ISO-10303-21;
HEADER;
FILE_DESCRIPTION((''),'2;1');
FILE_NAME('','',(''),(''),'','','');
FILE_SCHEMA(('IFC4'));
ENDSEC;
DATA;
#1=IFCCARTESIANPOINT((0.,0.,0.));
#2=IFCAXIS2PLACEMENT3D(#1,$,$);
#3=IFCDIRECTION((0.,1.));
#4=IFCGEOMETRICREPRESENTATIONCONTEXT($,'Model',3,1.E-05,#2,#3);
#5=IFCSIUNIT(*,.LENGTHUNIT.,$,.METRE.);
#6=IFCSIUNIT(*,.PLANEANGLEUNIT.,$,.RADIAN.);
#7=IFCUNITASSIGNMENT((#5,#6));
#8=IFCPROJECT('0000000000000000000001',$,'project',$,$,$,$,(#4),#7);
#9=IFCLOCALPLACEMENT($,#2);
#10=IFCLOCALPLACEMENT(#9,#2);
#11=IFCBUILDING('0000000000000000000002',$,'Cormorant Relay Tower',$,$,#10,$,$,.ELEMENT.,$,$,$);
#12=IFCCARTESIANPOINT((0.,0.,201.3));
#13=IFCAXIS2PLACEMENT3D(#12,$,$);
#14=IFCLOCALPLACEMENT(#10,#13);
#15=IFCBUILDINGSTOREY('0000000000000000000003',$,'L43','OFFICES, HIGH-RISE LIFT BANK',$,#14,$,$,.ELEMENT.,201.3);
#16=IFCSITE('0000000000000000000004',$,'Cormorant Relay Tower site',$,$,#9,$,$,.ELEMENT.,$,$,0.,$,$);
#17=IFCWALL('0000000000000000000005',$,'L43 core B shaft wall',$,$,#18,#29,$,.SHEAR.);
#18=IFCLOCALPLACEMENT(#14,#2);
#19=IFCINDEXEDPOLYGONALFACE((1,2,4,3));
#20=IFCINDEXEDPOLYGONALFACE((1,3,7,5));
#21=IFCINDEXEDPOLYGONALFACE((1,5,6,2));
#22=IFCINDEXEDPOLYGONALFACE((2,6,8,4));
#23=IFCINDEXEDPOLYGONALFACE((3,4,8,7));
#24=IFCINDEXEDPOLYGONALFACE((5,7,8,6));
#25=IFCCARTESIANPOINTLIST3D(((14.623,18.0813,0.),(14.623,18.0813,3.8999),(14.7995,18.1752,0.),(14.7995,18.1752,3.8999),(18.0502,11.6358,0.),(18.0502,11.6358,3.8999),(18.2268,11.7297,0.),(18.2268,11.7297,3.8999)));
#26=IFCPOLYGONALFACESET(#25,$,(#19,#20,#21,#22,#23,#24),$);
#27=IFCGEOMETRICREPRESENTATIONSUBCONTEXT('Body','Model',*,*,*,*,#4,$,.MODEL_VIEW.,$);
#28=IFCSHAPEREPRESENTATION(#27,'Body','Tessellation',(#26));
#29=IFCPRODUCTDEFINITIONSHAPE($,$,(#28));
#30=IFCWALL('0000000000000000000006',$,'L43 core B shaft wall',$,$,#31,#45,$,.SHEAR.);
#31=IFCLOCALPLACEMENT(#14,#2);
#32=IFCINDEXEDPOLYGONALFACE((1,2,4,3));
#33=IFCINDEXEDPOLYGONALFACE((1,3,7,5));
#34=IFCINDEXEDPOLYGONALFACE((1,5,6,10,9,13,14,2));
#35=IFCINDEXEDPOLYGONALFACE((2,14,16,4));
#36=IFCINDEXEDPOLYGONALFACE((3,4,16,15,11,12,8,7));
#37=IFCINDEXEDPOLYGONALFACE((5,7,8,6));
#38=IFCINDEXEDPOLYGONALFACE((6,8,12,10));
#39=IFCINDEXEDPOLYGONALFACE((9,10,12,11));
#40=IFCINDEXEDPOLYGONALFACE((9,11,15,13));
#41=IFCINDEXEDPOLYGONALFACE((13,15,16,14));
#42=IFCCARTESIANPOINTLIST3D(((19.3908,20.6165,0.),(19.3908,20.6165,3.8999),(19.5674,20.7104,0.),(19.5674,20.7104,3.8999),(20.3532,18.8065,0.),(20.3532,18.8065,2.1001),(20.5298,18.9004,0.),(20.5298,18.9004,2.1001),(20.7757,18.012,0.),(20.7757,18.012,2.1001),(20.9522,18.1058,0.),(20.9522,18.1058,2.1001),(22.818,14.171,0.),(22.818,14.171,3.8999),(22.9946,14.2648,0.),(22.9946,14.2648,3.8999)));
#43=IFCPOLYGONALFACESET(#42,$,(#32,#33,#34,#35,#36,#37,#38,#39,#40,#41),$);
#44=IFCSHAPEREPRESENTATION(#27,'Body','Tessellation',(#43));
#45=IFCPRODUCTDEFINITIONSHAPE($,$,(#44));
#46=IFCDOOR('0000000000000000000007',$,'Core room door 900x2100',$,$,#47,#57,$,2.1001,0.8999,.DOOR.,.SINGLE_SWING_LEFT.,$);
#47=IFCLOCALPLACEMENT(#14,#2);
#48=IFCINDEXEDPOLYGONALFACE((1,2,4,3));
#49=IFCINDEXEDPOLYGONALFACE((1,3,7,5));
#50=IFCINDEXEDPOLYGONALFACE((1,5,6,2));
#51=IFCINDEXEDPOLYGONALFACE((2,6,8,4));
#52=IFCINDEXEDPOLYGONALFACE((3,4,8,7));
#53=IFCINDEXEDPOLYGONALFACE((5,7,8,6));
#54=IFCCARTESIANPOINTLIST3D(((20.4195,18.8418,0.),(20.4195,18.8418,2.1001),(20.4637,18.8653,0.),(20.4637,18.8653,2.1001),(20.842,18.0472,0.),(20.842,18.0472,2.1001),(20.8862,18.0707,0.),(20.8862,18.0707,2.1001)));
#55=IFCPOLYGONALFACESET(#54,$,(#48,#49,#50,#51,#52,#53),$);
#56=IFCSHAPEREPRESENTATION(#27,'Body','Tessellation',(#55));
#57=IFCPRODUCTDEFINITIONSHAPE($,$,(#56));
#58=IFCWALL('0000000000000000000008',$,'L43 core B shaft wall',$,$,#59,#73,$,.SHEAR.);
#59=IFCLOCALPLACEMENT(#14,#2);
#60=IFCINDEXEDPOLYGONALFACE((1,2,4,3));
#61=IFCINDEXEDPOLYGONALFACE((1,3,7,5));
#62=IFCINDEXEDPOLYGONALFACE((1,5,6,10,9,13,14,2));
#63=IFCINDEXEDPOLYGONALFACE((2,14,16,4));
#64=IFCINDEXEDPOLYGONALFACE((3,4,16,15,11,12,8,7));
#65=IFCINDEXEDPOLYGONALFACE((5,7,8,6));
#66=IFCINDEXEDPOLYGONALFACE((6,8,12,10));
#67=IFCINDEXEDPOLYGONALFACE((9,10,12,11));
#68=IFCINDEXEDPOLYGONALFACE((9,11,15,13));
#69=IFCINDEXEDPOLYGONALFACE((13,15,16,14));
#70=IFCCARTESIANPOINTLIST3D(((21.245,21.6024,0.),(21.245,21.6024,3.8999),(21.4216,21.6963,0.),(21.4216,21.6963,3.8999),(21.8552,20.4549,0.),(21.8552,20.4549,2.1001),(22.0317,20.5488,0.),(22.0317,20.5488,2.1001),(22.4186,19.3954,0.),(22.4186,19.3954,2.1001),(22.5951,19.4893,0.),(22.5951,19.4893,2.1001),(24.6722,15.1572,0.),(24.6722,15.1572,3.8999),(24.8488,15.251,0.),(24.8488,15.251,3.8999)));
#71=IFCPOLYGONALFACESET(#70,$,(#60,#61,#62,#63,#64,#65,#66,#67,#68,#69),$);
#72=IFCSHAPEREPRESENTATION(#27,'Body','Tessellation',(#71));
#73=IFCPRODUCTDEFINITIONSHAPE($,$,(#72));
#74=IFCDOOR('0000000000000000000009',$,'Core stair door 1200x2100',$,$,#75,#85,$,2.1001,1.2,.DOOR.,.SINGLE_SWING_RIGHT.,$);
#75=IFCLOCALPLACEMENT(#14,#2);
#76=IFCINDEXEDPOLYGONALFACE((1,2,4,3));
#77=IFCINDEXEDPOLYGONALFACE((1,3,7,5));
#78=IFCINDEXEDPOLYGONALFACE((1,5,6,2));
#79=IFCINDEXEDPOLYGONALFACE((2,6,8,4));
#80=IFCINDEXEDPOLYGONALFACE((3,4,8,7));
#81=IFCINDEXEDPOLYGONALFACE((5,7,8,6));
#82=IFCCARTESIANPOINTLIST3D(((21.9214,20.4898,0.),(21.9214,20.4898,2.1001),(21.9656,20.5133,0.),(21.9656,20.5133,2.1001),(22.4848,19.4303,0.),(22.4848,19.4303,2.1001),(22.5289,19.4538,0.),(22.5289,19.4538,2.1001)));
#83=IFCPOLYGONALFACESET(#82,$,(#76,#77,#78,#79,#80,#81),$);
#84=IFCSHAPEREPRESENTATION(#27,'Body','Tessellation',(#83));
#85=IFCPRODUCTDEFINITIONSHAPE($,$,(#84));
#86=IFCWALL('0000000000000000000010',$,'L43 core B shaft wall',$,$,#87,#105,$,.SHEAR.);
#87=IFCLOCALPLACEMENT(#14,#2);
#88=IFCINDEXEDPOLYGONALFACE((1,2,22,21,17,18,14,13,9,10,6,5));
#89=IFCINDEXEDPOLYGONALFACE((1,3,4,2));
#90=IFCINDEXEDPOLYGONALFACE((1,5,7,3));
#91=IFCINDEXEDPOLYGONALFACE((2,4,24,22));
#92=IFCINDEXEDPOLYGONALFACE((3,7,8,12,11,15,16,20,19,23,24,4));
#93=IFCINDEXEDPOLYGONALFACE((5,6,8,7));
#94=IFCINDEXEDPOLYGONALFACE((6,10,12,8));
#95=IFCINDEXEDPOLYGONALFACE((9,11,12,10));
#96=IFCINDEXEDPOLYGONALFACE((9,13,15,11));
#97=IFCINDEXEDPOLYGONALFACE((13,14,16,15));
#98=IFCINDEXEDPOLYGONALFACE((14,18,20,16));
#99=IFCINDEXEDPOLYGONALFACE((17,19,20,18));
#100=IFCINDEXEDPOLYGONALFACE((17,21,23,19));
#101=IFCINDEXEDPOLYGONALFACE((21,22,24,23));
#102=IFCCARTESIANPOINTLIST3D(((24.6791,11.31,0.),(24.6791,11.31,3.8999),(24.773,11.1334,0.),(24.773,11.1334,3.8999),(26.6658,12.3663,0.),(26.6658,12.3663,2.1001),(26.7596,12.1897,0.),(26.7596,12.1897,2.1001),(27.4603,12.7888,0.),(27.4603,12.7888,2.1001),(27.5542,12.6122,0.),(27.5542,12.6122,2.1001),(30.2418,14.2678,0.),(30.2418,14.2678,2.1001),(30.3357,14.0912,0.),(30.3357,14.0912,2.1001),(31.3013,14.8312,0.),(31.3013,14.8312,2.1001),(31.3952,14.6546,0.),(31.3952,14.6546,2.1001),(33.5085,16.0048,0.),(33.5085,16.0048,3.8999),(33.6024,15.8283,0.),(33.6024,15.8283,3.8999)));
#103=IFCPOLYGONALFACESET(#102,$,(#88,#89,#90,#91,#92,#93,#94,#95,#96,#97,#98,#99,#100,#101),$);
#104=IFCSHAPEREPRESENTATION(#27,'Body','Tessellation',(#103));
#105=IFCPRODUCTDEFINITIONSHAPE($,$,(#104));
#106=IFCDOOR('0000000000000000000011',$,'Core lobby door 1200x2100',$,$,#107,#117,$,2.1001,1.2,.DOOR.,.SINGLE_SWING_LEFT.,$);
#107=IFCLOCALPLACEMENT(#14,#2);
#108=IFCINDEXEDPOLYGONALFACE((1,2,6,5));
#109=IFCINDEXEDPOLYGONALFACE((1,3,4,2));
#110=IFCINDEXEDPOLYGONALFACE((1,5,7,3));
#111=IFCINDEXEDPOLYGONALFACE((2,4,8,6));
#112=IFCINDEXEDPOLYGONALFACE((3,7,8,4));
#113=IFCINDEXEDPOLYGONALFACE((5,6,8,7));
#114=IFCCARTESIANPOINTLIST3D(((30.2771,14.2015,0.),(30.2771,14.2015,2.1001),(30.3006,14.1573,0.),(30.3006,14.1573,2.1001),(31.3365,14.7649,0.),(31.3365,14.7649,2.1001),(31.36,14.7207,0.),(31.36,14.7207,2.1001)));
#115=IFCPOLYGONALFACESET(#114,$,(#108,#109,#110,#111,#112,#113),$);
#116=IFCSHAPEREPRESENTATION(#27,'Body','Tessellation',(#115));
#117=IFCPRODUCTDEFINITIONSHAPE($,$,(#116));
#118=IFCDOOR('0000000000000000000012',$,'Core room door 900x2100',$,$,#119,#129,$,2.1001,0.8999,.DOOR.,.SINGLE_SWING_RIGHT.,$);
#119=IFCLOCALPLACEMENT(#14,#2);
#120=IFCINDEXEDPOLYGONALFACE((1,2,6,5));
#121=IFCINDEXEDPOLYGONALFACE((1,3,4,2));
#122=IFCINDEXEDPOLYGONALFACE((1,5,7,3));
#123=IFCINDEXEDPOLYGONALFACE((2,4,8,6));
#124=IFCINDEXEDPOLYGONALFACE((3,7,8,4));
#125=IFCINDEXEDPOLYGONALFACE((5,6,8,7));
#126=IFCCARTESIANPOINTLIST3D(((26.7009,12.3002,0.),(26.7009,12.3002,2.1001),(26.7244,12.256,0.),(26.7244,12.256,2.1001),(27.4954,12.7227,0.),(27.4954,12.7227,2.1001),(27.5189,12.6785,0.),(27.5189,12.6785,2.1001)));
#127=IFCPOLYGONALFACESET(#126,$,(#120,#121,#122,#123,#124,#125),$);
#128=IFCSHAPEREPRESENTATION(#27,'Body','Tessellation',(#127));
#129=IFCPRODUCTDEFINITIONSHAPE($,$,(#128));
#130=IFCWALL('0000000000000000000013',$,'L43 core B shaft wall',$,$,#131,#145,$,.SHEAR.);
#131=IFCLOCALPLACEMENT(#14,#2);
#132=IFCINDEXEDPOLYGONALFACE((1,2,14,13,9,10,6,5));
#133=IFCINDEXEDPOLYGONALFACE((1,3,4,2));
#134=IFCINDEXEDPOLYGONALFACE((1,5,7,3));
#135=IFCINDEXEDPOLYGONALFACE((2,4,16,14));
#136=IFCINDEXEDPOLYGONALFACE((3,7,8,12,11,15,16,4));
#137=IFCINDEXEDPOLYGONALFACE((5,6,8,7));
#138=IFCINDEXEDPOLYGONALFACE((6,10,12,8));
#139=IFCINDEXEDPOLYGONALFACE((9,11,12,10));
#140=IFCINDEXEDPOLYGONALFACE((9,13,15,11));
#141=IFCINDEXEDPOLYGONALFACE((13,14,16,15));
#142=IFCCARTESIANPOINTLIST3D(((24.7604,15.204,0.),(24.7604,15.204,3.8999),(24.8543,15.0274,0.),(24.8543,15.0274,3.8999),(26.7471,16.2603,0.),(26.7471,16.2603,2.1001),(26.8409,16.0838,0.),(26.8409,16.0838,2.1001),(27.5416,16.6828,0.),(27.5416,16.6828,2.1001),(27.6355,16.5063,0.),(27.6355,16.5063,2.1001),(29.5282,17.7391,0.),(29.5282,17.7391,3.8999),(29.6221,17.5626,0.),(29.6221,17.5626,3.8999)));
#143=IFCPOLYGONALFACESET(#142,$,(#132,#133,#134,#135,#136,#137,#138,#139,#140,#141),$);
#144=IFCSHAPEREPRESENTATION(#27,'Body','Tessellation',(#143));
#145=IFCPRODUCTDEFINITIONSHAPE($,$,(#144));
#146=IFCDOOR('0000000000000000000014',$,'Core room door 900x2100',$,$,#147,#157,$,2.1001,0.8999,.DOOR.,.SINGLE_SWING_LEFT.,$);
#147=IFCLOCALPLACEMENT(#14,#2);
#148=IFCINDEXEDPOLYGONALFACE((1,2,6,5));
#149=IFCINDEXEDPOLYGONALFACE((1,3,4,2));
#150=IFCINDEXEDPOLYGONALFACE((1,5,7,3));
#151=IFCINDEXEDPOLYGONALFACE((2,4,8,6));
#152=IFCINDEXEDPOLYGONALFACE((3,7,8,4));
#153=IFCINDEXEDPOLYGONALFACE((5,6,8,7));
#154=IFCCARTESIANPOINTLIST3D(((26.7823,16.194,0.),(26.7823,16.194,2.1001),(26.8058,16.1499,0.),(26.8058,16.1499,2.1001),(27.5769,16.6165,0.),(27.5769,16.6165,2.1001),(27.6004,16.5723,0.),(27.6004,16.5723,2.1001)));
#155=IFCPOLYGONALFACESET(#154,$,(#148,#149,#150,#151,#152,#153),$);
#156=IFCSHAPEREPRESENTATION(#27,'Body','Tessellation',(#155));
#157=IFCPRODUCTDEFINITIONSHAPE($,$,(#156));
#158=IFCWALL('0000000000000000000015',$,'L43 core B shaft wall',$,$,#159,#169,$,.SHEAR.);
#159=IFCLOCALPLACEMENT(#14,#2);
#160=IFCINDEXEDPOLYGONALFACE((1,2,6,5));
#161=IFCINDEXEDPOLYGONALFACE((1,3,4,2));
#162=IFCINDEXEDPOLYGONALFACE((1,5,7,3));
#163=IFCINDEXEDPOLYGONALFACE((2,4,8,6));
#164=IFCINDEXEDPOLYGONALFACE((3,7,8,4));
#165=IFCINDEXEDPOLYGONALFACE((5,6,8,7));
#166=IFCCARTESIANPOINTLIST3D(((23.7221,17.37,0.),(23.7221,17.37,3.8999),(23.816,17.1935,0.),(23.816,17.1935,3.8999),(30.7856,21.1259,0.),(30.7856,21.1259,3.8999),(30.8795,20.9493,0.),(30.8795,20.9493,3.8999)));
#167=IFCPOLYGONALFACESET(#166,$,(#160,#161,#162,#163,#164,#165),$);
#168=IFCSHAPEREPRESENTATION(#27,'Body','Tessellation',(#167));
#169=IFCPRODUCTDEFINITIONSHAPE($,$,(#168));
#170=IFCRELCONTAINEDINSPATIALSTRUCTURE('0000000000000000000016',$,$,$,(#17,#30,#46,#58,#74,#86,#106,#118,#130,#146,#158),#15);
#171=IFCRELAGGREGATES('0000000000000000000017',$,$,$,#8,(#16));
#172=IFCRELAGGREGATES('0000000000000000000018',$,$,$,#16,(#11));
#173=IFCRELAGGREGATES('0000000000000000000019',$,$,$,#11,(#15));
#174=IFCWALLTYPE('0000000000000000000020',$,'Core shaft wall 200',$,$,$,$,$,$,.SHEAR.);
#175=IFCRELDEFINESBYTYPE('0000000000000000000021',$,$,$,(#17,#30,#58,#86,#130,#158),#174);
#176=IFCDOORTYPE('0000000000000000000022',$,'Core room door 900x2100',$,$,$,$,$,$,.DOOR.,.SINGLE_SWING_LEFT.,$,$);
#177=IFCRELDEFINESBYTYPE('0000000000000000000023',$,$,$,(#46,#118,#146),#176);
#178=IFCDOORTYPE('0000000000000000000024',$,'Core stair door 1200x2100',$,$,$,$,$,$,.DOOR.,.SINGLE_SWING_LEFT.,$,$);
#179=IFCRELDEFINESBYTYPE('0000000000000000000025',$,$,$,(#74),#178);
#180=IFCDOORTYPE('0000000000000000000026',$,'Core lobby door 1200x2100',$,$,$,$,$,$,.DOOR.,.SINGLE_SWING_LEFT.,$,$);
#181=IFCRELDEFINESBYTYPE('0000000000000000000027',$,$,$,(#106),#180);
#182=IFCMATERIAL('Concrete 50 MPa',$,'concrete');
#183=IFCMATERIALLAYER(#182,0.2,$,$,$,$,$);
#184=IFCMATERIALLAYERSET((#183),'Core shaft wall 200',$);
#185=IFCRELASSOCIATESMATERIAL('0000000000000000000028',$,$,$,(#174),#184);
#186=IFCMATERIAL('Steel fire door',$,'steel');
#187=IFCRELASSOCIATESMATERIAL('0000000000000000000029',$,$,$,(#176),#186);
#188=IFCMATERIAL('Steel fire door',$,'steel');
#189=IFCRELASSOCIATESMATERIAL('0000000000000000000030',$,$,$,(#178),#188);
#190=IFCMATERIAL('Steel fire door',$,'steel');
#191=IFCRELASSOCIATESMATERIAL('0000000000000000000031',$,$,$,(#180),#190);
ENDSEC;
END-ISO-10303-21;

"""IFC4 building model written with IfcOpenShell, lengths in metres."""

from ifc_helpers import new_model, si_unit, direction, frame, frame_2d, origin, place, context, subcontext, project, spatial, rectangle, extrude, material, layer, layer_set, type_object, element, fill, save


model = new_model("IFC4")

# Units and contexts
model_context = context("Model", 3, precision=1e-05, world=origin(), true_north=direction((0.0, 1.0)))
body_context = subcontext(model_context, "Body", "Model", "MODEL_VIEW")
ifc_project = project(units=[si_unit("LENGTHUNIT", "METRE"), si_unit("PLANEANGLEUNIT", "RADIAN")], contexts=[model_context])

# Site, building, storey
site_placement = place(None, origin())
site = spatial("IfcSite", under=ifc_project, at=site_placement, Name="Cormorant Relay Tower site", CompositionType="ELEMENT", RefElevation=0.0)
building_placement = place(site_placement, origin())
building = spatial("IfcBuilding", under=site, at=building_placement, Name="Cormorant Relay Tower", CompositionType="ELEMENT")
storey_placement = place(building_placement, frame((0.0, 0.0, 201.3)))
storey = spatial("IfcBuildingStorey", under=building, at=storey_placement, Name="L43", Description="OFFICES, HIGH-RISE LIFT BANK", CompositionType="ELEMENT", Elevation=201.3)

# Wall
ifc_material_1 = material(Name="Concrete 50 MPa", Category="concrete")
ifc_layer = layer(ifc_material_1, 0.2)
ifc_layer_set = layer_set([ifc_layer], Name="Core shaft wall 200")
wall_type = type_object("IfcWallType", Name="Core shaft wall 200", PredefinedType="SHEAR", material=ifc_layer_set)
wall_1_placement = place(storey_placement, frame((18.1384, 11.6829, 0.0), z_axis=(0.0, 0.0, 1.0), x_axis=(-0.46948, 0.882943, 0.0)))
element("IfcWall", 1, at=wall_1_placement, inside=storey, type_object=wall_type, Name="L43 core B shaft wall", PredefinedType="SHEAR", context=body_context, shape_type="SweptSolid", body=[
    extrude(rectangle(XDim=7.3, YDim=0.2, at=frame_2d((3.6499, 0.0))), origin(), (0.0, 0.0, 1.0), 3.8999),
])

# Walls, openings, doors
wall_2_placement = place(storey_placement, frame((22.9062, 14.218, 0.0), z_axis=(0.0, 0.0, 1.0), x_axis=(-0.46948, 0.882943, 0.0)))
wall_2 = element("IfcWall", 2, at=wall_2_placement, inside=storey, type_object=wall_type, Name="L43 core B shaft wall", PredefinedType="SHEAR", context=body_context, shape_type="SweptSolid", body=[
    extrude(rectangle(XDim=7.3, YDim=0.2, at=frame_2d((3.6499, 0.0))), origin(), (0.0, 0.0, 1.0), 3.8999),
])
opening_1_placement = place(wall_2_placement, frame((4.3501, 0.0, 0.0)))
opening_1 = element("IfcOpeningElement", 3, at=opening_1_placement, cuts=wall_2, PredefinedType="OPENING", context=body_context, shape_type="SweptSolid", body=[
    extrude(rectangle(XDim=0.8999, YDim=2.1001, at=frame_2d((0.45, 1.05))), frame((0.0, 0.1099, 0.0), z_axis=(0.0, -1.0, 0.0), x_axis=(1.0, 0.0, 0.0)), (0.0, 0.0, 1.0), 0.22),
])
ifc_material_2 = material(Name="Steel fire door", Category="steel")
door_type_1 = type_object("IfcDoorType", Name="Core room door 900x2100", OperationType="SINGLE_SWING_LEFT", PredefinedType="DOOR", material=ifc_material_2)
door_1_placement = place(opening_1_placement, origin())
door_1 = element("IfcDoor", 4, at=door_1_placement, inside=storey, type_object=door_type_1, Name="Core room door 900x2100", OperationType="SINGLE_SWING_LEFT", OverallHeight=2.1001, OverallWidth=0.8999, PredefinedType="DOOR", context=body_context, shape_type="SweptSolid", body=[
    extrude(rectangle(XDim=0.8999, YDim=2.1001, at=frame_2d((0.45, 1.05))), frame((0.0, 0.0249, 0.0), z_axis=(0.0, -1.0, 0.0), x_axis=(1.0, 0.0, 0.0)), (0.0, 0.0, 1.0), 0.05),
])
fill(opening_1, door_1)
wall_3_placement = place(storey_placement, frame((24.7605, 15.2041, 0.0), z_axis=(0.0, 0.0, 1.0), x_axis=(-0.469494, 0.882936, 0.0)))
wall_3 = element("IfcWall", 5, at=wall_3_placement, inside=storey, type_object=wall_type, Name="L43 core B shaft wall", PredefinedType="SHEAR", context=body_context, shape_type="SweptSolid", body=[
    extrude(rectangle(XDim=7.2998, YDim=0.2, at=frame_2d((3.6499, 0.0))), origin(), (0.0, 0.0, 1.0), 3.8999),
])
opening_2_placement = place(wall_3_placement, frame((4.8, 0.0, 0.0)))
opening_2 = element("IfcOpeningElement", 6, at=opening_2_placement, cuts=wall_3, PredefinedType="OPENING", context=body_context, shape_type="SweptSolid", body=[
    extrude(rectangle(XDim=1.2, YDim=2.1001, at=frame_2d((0.6001, 1.05))), frame((0.0, 0.1099, 0.0), z_axis=(0.0, -1.0, 0.0), x_axis=(1.0, 0.0, 0.0)), (0.0, 0.0, 1.0), 0.22),
])
ifc_material_3 = material(Name="Steel fire door", Category="steel")
door_type_2 = type_object("IfcDoorType", Name="Core stair door 1200x2100", OperationType="SINGLE_SWING_LEFT", PredefinedType="DOOR", material=ifc_material_3)
door_2_placement = place(opening_2_placement, frame((1.2, 0.0, 0.0), z_axis=(0.0, 0.0, 1.0), x_axis=(-1.0, 0.0, 0.0)))
door_2 = element("IfcDoor", 7, at=door_2_placement, inside=storey, type_object=door_type_2, Name="Core stair door 1200x2100", OperationType="SINGLE_SWING_RIGHT", OverallHeight=2.1001, OverallWidth=1.2, PredefinedType="DOOR", context=body_context, shape_type="SweptSolid", body=[
    extrude(rectangle(XDim=1.2, YDim=2.1001, at=frame_2d((0.6001, 1.05))), frame((0.0, 0.0249, 0.0), z_axis=(0.0, -1.0, 0.0), x_axis=(1.0, 0.0, 0.0)), (0.0, 0.0, 1.0), 0.05),
])
fill(opening_2, door_2)

# Wall, openings, doors
wall_4_placement = place(storey_placement, frame((24.7261, 11.2217, 0.0), z_axis=(0.0, 0.0, 1.0), x_axis=(0.88294, 0.469485, 0.0)))
wall_4 = element("IfcWall", 8, at=wall_4_placement, inside=storey, type_object=wall_type, Name="L43 core B shaft wall", PredefinedType="SHEAR", context=body_context, shape_type="SweptSolid", body=[
    extrude(rectangle(XDim=10.0, YDim=0.2, at=frame_2d((5.0, 0.0))), origin(), (0.0, 0.0, 1.0), 3.8999),
])
opening_3_placement = place(wall_4_placement, frame((6.3, 0.0, 0.0)))
opening_3 = element("IfcOpeningElement", 9, at=opening_3_placement, cuts=wall_4, PredefinedType="OPENING", context=body_context, shape_type="SweptSolid", body=[
    extrude(rectangle(XDim=1.2, YDim=2.1001, at=frame_2d((0.6001, 1.05))), frame((0.0, 0.1099, 0.0), z_axis=(0.0, -1.0, 0.0), x_axis=(1.0, 0.0, 0.0)), (0.0, 0.0, 1.0), 0.22),
])
opening_4_placement = place(wall_4_placement, frame((2.25, 0.0, 0.0)))
opening_4 = element("IfcOpeningElement", 10, at=opening_4_placement, cuts=wall_4, PredefinedType="OPENING", context=body_context, shape_type="SweptSolid", body=[
    extrude(rectangle(XDim=0.8999, YDim=2.1001, at=frame_2d((0.45, 1.05))), frame((0.0, 0.1099, 0.0), z_axis=(0.0, -1.0, 0.0), x_axis=(1.0, 0.0, 0.0)), (0.0, 0.0, 1.0), 0.22),
])
ifc_material_4 = material(Name="Steel fire door", Category="steel")
door_type_3 = type_object("IfcDoorType", Name="Core lobby door 1200x2100", OperationType="SINGLE_SWING_LEFT", PredefinedType="DOOR", material=ifc_material_4)
door_3_placement = place(opening_3_placement, origin())
door_3 = element("IfcDoor", 11, at=door_3_placement, inside=storey, type_object=door_type_3, Name="Core lobby door 1200x2100", OperationType="SINGLE_SWING_LEFT", OverallHeight=2.1001, OverallWidth=1.2, PredefinedType="DOOR", context=body_context, shape_type="SweptSolid", body=[
    extrude(rectangle(XDim=1.2, YDim=2.1001, at=frame_2d((0.6001, 1.05))), frame((0.0, 0.0249, 0.0), z_axis=(0.0, -1.0, 0.0), x_axis=(1.0, 0.0, 0.0)), (0.0, 0.0, 1.0), 0.05),
])
fill(opening_3, door_3)
door_4_placement = place(opening_4_placement, frame((0.8999, 0.0, 0.0), z_axis=(0.0, 0.0, 1.0), x_axis=(-1.0, 0.0, 0.0)))
door_4 = element("IfcDoor", 12, at=door_4_placement, inside=storey, type_object=door_type_1, Name="Core room door 900x2100", OperationType="SINGLE_SWING_RIGHT", OverallHeight=2.1001, OverallWidth=0.8999, PredefinedType="DOOR", context=body_context, shape_type="SweptSolid", body=[
    extrude(rectangle(XDim=0.8999, YDim=2.1001, at=frame_2d((0.45, 1.05))), frame((0.0, 0.0249, 0.0), z_axis=(0.0, -1.0, 0.0), x_axis=(1.0, 0.0, 0.0)), (0.0, 0.0, 1.0), 0.05),
])
fill(opening_4, door_4)

# Wall, opening, door
wall_5_placement = place(storey_placement, frame((24.8074, 15.1157, 0.0), z_axis=(0.0, 0.0, 1.0), x_axis=(0.882943, 0.46948, 0.0)))
wall_5 = element("IfcWall", 13, at=wall_5_placement, inside=storey, type_object=wall_type, Name="L43 core B shaft wall", PredefinedType="SHEAR", context=body_context, shape_type="SweptSolid", body=[
    extrude(rectangle(XDim=5.3999, YDim=0.2, at=frame_2d((2.7, 0.0))), origin(), (0.0, 0.0, 1.0), 3.8999),
])
opening_5_placement = place(wall_5_placement, frame((2.25, 0.0, 0.0)))
opening_5 = element("IfcOpeningElement", 14, at=opening_5_placement, cuts=wall_5, PredefinedType="OPENING", context=body_context, shape_type="SweptSolid", body=[
    extrude(rectangle(XDim=0.8999, YDim=2.1001, at=frame_2d((0.45, 1.05))), frame((0.0, 0.1099, 0.0), z_axis=(0.0, -1.0, 0.0), x_axis=(1.0, 0.0, 0.0)), (0.0, 0.0, 1.0), 0.22),
])
door_5_placement = place(opening_5_placement, origin())
door_5 = element("IfcDoor", 15, at=door_5_placement, inside=storey, type_object=door_type_1, Name="Core room door 900x2100", OperationType="SINGLE_SWING_LEFT", OverallHeight=2.1001, OverallWidth=0.8999, PredefinedType="DOOR", context=body_context, shape_type="SweptSolid", body=[
    extrude(rectangle(XDim=0.8999, YDim=2.1001, at=frame_2d((0.45, 1.05))), frame((0.0, 0.0249, 0.0), z_axis=(0.0, -1.0, 0.0), x_axis=(1.0, 0.0, 0.0)), (0.0, 0.0, 1.0), 0.05),
])
fill(opening_5, door_5)

# Wall
wall_6_placement = place(storey_placement, frame((23.769, 17.2817, 0.0), z_axis=(0.0, 0.0, 1.0), x_axis=(0.88294, 0.469485, 0.0)))
element("IfcWall", 16, at=wall_6_placement, inside=storey, type_object=wall_type, Name="L43 core B shaft wall", PredefinedType="SHEAR", context=body_context, shape_type="SweptSolid", body=[
    extrude(rectangle(XDim=8.0, YDim=0.2, at=frame_2d((4.0, 0.0))), origin(), (0.0, 0.0, 1.0), 3.8999),
])

save(model, "model.ifc")
